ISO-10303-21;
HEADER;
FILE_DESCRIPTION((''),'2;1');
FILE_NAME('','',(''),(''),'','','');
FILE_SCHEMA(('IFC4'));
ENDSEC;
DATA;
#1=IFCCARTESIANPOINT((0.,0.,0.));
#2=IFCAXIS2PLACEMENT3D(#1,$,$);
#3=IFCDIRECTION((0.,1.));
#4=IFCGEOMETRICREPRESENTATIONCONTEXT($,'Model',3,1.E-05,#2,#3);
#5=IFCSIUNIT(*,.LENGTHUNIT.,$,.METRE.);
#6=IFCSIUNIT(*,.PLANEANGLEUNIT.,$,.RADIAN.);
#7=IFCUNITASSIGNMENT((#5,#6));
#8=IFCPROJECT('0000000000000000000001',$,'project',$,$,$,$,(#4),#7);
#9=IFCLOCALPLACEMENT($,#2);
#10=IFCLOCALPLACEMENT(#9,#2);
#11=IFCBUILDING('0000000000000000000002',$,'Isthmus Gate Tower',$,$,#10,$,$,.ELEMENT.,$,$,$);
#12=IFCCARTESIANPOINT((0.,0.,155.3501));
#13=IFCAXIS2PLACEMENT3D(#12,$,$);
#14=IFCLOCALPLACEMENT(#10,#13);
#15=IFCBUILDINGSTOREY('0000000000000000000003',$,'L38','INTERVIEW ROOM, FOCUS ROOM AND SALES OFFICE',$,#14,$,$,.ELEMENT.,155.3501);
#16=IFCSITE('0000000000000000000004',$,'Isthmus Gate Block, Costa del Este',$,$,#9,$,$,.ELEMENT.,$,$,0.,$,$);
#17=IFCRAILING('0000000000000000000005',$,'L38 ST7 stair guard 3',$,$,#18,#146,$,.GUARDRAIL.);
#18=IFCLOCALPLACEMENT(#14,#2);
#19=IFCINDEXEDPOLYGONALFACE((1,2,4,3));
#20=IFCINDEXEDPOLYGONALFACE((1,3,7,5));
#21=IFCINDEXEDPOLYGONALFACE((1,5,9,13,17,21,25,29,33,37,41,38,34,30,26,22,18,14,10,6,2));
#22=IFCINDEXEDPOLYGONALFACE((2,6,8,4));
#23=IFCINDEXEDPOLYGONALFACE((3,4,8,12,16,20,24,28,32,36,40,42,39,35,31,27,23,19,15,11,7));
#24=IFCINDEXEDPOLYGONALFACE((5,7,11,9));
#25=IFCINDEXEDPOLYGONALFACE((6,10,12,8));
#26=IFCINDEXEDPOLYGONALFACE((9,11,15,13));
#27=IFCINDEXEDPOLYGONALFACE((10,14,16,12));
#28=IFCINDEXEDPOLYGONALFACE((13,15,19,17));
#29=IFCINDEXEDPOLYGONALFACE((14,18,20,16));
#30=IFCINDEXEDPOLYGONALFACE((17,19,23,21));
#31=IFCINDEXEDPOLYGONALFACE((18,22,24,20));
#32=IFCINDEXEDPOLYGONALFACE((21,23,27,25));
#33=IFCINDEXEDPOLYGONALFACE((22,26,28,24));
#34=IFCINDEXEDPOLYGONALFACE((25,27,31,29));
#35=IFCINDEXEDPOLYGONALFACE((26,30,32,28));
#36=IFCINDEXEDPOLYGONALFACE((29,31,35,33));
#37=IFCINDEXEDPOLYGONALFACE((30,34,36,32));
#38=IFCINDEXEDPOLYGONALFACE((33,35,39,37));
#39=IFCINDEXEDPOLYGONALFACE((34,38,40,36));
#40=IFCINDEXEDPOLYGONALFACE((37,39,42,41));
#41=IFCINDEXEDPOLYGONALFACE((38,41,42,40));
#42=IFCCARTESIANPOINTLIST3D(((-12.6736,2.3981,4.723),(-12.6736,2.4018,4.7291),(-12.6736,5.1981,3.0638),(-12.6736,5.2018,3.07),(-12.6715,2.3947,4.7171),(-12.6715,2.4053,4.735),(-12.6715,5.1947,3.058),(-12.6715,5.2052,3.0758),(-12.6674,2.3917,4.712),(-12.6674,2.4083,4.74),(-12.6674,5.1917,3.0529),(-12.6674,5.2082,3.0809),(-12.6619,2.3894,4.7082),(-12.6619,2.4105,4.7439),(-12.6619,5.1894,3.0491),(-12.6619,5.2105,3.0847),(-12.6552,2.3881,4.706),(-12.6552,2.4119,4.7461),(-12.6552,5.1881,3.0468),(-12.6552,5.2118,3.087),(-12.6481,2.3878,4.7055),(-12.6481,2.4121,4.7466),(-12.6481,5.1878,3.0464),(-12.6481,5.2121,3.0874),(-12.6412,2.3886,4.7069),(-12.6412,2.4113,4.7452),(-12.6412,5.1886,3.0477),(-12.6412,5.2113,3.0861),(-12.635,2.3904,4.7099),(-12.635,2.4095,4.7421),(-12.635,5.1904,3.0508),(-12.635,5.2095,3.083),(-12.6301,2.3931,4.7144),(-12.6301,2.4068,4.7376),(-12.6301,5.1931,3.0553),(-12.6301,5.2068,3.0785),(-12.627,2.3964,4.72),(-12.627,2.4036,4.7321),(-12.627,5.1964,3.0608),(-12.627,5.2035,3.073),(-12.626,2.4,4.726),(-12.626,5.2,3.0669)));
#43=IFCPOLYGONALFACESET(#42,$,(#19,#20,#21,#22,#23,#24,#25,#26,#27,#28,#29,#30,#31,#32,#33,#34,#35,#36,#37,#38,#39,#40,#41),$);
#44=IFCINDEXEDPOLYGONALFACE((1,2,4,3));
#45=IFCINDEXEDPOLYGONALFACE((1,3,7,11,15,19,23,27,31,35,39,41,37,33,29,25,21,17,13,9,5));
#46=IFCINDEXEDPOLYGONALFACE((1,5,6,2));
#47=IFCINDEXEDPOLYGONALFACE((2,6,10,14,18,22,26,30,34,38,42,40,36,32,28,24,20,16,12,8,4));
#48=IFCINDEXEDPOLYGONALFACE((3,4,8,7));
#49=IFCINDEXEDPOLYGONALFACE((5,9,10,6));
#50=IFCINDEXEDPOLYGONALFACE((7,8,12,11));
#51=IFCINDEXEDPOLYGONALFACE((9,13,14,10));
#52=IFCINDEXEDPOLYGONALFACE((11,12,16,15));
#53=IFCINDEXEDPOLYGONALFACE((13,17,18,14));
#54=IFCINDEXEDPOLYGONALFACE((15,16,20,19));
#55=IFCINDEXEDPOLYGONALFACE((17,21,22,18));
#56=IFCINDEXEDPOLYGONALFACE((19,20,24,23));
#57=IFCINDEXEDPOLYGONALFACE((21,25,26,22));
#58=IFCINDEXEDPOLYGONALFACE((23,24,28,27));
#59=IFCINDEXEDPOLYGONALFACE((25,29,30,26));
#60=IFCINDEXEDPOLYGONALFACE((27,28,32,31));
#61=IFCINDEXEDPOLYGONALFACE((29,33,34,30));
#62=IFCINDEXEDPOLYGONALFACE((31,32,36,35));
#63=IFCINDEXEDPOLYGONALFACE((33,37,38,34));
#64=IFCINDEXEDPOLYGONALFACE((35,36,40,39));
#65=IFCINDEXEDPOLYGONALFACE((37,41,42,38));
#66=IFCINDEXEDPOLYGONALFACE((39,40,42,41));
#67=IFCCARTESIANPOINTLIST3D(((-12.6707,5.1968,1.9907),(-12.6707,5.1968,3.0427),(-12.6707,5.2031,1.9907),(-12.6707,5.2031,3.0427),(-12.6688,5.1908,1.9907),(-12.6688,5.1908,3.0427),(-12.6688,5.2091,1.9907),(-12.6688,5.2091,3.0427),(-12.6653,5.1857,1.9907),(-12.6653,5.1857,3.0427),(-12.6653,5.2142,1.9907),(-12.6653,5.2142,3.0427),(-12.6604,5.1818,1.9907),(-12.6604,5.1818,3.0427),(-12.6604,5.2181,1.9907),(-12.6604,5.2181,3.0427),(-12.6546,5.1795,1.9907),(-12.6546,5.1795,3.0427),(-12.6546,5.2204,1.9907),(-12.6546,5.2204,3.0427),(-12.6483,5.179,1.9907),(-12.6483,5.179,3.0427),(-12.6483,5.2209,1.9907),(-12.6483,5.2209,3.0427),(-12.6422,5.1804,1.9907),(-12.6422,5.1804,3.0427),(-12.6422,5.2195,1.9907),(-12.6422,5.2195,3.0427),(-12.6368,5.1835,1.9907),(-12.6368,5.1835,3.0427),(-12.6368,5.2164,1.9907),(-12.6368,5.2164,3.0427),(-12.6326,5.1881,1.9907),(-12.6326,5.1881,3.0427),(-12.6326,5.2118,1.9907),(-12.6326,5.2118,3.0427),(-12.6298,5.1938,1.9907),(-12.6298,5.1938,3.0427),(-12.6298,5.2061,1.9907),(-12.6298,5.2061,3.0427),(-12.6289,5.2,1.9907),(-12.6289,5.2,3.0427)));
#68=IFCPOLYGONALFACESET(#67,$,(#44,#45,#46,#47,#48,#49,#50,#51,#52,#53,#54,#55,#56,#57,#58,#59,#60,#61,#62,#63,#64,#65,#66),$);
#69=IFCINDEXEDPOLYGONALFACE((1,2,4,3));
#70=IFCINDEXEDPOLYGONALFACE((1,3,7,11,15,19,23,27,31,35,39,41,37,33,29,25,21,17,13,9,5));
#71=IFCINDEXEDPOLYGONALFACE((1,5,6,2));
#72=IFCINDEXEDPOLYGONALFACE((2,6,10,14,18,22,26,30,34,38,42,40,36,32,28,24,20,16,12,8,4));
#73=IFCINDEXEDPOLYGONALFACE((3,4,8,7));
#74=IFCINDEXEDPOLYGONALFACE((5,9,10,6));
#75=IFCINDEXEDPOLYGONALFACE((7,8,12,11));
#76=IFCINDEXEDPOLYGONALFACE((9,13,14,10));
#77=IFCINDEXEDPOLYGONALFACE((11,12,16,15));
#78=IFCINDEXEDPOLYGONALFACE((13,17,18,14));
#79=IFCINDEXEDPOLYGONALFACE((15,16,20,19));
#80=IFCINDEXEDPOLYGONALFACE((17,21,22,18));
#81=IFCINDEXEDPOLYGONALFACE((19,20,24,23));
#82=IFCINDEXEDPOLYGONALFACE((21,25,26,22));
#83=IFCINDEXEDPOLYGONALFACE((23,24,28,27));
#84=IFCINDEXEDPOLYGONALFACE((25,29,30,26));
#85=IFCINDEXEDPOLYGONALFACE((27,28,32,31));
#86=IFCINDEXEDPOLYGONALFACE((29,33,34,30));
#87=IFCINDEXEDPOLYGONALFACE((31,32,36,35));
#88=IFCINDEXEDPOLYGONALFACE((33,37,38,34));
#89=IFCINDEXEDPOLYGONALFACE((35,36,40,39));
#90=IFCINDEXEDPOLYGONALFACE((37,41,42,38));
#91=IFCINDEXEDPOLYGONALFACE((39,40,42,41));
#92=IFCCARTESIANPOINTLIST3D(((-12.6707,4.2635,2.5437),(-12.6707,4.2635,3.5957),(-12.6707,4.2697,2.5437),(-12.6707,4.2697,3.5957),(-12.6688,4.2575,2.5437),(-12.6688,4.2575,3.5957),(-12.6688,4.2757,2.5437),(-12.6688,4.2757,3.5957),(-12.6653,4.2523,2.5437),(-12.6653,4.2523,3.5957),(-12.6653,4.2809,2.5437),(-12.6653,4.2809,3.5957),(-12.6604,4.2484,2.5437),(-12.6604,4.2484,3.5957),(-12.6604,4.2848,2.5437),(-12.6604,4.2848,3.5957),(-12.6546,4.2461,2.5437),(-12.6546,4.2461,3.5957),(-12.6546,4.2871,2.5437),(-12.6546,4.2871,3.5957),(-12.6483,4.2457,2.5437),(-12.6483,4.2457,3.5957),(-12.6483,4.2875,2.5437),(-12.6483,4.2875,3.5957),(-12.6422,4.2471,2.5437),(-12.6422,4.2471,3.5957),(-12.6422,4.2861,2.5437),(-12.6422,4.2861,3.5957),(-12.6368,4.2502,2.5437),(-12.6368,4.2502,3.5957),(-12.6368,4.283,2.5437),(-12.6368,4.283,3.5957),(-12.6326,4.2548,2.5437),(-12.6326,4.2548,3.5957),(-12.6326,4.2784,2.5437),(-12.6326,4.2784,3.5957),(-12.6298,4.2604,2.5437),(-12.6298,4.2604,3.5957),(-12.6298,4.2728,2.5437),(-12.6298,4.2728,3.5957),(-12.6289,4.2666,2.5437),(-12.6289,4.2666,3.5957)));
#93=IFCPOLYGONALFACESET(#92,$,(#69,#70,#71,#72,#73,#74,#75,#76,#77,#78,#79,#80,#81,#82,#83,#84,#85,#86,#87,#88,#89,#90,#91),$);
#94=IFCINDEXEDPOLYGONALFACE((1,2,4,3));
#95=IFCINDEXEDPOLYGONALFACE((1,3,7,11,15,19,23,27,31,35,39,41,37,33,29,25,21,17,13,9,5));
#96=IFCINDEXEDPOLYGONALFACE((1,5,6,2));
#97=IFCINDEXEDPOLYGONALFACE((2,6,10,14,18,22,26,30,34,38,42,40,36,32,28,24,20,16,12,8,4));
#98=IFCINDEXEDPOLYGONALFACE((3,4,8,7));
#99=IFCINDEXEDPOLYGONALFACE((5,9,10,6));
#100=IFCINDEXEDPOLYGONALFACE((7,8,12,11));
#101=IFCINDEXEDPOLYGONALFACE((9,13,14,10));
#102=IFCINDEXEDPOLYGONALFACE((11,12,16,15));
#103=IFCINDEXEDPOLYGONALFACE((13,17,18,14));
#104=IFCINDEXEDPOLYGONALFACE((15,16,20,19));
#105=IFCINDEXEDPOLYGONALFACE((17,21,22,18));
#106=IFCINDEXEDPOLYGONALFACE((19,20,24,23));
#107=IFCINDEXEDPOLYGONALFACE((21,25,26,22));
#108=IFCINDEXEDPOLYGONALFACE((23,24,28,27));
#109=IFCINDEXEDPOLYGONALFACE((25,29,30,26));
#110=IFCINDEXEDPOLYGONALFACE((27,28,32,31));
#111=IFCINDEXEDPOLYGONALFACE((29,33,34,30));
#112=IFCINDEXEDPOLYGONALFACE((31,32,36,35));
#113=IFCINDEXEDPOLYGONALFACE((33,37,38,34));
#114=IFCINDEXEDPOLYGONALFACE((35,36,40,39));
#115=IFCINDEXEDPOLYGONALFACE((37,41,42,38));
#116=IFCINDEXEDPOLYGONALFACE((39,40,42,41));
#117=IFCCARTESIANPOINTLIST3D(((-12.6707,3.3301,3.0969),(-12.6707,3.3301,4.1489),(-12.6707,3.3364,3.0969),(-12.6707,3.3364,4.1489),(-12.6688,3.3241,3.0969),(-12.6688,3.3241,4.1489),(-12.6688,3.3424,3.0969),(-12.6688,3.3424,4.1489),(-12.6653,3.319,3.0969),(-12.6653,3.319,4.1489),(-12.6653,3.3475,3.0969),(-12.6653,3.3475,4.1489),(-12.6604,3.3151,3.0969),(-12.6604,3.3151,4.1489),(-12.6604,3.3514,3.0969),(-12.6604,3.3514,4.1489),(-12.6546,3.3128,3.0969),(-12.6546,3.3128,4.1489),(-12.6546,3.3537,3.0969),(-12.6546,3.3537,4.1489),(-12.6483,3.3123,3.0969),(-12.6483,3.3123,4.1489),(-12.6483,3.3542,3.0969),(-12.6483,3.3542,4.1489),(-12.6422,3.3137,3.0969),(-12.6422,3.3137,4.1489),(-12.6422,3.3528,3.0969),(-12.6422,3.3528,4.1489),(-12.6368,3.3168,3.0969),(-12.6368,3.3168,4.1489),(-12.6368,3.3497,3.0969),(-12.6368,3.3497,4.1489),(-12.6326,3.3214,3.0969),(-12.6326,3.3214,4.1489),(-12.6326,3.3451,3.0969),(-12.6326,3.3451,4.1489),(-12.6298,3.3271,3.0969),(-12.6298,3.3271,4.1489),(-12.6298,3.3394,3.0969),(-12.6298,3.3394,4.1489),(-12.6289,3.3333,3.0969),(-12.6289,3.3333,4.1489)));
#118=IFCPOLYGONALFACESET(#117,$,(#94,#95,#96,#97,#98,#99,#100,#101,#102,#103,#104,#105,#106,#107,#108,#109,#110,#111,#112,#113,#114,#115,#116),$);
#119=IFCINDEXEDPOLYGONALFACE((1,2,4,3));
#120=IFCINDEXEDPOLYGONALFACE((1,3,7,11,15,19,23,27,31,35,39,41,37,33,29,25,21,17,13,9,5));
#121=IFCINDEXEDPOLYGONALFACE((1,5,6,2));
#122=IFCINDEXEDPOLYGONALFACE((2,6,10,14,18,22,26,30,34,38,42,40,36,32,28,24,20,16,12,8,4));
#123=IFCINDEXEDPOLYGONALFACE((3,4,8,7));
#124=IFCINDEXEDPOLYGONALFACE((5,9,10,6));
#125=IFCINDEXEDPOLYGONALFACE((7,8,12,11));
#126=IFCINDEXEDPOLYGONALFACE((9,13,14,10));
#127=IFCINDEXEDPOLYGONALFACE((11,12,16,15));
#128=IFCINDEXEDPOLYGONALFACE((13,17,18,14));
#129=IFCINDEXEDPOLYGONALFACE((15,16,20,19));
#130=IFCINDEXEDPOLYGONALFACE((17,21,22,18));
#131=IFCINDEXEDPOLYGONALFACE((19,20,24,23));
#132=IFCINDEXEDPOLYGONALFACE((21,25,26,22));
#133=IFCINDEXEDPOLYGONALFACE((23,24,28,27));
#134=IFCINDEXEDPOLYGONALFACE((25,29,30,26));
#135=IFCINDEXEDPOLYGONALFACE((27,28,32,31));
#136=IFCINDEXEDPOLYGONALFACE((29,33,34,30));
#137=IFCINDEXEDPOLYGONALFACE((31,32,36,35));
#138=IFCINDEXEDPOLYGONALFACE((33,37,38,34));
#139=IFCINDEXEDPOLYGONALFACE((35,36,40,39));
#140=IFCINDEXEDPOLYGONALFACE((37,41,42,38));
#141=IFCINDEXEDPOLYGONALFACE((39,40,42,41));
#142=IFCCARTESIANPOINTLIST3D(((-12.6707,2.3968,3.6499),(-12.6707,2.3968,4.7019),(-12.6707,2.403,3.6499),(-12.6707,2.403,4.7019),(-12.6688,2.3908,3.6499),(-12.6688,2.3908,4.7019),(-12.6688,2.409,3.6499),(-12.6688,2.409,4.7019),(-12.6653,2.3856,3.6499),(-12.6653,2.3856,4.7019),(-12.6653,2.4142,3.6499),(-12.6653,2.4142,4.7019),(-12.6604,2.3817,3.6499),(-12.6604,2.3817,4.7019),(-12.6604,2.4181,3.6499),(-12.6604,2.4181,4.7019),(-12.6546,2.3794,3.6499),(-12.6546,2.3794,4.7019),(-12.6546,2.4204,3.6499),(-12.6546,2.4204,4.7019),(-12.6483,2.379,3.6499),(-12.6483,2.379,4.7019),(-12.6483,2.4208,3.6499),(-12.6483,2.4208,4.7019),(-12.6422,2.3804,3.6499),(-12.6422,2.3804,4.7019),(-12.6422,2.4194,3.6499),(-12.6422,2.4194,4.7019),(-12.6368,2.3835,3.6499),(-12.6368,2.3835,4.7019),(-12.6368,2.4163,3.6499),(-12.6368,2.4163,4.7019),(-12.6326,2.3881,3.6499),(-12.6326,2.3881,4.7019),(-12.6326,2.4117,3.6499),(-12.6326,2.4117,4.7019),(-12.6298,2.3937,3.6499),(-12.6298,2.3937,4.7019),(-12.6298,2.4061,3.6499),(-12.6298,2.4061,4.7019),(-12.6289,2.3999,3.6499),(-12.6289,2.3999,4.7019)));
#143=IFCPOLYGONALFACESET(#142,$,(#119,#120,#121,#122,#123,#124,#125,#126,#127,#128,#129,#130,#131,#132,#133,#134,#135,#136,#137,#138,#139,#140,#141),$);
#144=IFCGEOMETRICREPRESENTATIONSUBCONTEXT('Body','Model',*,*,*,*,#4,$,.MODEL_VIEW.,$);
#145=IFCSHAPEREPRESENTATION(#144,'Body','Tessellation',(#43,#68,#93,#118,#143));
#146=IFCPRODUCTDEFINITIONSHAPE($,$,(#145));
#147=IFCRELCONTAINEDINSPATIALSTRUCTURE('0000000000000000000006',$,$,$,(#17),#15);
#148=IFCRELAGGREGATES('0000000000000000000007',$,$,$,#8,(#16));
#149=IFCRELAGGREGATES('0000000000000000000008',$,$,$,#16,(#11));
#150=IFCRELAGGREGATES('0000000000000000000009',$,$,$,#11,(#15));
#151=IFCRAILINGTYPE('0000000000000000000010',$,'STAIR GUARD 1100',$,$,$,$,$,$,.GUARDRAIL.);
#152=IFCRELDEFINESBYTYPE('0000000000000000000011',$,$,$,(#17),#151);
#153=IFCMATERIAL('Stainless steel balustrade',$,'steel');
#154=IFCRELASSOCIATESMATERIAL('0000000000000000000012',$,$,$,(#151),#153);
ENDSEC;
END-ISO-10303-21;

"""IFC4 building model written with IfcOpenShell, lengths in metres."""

from ifc_helpers import new_model, si_unit, direction, frame, origin, origin_2d, place, context, subcontext, project, spatial, circle, extrude, material, type_object, element, save


model = new_model("IFC4")

# Units and contexts
model_context = context("Model", 3, precision=1e-05, world=origin(), true_north=direction((0.0, 1.0)))
body_context = subcontext(model_context, "Body", "Model", "MODEL_VIEW")
ifc_project = project(units=[si_unit("LENGTHUNIT", "METRE"), si_unit("PLANEANGLEUNIT", "RADIAN")], contexts=[model_context])

# Site, building, storey
site_placement = place(None, origin())
site = spatial("IfcSite", under=ifc_project, at=site_placement, Name="Isthmus Gate Block, Costa del Este", CompositionType="ELEMENT", RefElevation=0.0)
building_placement = place(site_placement, origin())
building = spatial("IfcBuilding", under=site, at=building_placement, Name="Isthmus Gate Tower", CompositionType="ELEMENT")
storey_placement = place(building_placement, frame((0.0, 0.0, 155.3501)))
storey = spatial("IfcBuildingStorey", under=building, at=storey_placement, Name="L38", Description="INTERVIEW ROOM, FOCUS ROOM AND SALES OFFICE", CompositionType="ELEMENT", Elevation=155.3501)

# Railing
ifc_material_1 = material(Name="Stainless steel balustrade", Category="steel")
railing_type_1 = type_object("IfcRailingType", Name="STAIR GUARD 1100", PredefinedType="GUARDRAIL", material=ifc_material_1)
railing_1_placement = place(storey_placement, frame((-12.6499, 5.2, 1.9907)))
element("IfcRailing", 1, at=railing_1_placement, inside=storey, type_object=railing_type_1, Name="L38 ST7 stair guard 3", PredefinedType="GUARDRAIL", context=body_context, shape_type="SweptSolid", body=[
    extrude(circle(Radius=0.0239, at=origin_2d()), frame((0.0, 0.0, 1.0762), z_axis=(0.0, -0.860306, 0.509778), x_axis=(1.0, 0.0, 0.0)), (0.0, 0.0, 1.0), 3.2546),
    extrude(circle(Radius=0.021, at=origin_2d()), origin(), (0.0, 0.0, 1.0), 1.052),
    extrude(circle(Radius=0.021, at=origin_2d()), frame((0.0, -0.9333, 0.553)), (0.0, 0.0, 1.0), 1.052),
    extrude(circle(Radius=0.021, at=origin_2d()), frame((0.0, -1.8667, 1.1062)), (0.0, 0.0, 1.0), 1.052),
    extrude(circle(Radius=0.021, at=origin_2d()), frame((0.0, -2.8, 1.6592)), (0.0, 0.0, 1.0), 1.052),
])

save(model, "model.ifc")
